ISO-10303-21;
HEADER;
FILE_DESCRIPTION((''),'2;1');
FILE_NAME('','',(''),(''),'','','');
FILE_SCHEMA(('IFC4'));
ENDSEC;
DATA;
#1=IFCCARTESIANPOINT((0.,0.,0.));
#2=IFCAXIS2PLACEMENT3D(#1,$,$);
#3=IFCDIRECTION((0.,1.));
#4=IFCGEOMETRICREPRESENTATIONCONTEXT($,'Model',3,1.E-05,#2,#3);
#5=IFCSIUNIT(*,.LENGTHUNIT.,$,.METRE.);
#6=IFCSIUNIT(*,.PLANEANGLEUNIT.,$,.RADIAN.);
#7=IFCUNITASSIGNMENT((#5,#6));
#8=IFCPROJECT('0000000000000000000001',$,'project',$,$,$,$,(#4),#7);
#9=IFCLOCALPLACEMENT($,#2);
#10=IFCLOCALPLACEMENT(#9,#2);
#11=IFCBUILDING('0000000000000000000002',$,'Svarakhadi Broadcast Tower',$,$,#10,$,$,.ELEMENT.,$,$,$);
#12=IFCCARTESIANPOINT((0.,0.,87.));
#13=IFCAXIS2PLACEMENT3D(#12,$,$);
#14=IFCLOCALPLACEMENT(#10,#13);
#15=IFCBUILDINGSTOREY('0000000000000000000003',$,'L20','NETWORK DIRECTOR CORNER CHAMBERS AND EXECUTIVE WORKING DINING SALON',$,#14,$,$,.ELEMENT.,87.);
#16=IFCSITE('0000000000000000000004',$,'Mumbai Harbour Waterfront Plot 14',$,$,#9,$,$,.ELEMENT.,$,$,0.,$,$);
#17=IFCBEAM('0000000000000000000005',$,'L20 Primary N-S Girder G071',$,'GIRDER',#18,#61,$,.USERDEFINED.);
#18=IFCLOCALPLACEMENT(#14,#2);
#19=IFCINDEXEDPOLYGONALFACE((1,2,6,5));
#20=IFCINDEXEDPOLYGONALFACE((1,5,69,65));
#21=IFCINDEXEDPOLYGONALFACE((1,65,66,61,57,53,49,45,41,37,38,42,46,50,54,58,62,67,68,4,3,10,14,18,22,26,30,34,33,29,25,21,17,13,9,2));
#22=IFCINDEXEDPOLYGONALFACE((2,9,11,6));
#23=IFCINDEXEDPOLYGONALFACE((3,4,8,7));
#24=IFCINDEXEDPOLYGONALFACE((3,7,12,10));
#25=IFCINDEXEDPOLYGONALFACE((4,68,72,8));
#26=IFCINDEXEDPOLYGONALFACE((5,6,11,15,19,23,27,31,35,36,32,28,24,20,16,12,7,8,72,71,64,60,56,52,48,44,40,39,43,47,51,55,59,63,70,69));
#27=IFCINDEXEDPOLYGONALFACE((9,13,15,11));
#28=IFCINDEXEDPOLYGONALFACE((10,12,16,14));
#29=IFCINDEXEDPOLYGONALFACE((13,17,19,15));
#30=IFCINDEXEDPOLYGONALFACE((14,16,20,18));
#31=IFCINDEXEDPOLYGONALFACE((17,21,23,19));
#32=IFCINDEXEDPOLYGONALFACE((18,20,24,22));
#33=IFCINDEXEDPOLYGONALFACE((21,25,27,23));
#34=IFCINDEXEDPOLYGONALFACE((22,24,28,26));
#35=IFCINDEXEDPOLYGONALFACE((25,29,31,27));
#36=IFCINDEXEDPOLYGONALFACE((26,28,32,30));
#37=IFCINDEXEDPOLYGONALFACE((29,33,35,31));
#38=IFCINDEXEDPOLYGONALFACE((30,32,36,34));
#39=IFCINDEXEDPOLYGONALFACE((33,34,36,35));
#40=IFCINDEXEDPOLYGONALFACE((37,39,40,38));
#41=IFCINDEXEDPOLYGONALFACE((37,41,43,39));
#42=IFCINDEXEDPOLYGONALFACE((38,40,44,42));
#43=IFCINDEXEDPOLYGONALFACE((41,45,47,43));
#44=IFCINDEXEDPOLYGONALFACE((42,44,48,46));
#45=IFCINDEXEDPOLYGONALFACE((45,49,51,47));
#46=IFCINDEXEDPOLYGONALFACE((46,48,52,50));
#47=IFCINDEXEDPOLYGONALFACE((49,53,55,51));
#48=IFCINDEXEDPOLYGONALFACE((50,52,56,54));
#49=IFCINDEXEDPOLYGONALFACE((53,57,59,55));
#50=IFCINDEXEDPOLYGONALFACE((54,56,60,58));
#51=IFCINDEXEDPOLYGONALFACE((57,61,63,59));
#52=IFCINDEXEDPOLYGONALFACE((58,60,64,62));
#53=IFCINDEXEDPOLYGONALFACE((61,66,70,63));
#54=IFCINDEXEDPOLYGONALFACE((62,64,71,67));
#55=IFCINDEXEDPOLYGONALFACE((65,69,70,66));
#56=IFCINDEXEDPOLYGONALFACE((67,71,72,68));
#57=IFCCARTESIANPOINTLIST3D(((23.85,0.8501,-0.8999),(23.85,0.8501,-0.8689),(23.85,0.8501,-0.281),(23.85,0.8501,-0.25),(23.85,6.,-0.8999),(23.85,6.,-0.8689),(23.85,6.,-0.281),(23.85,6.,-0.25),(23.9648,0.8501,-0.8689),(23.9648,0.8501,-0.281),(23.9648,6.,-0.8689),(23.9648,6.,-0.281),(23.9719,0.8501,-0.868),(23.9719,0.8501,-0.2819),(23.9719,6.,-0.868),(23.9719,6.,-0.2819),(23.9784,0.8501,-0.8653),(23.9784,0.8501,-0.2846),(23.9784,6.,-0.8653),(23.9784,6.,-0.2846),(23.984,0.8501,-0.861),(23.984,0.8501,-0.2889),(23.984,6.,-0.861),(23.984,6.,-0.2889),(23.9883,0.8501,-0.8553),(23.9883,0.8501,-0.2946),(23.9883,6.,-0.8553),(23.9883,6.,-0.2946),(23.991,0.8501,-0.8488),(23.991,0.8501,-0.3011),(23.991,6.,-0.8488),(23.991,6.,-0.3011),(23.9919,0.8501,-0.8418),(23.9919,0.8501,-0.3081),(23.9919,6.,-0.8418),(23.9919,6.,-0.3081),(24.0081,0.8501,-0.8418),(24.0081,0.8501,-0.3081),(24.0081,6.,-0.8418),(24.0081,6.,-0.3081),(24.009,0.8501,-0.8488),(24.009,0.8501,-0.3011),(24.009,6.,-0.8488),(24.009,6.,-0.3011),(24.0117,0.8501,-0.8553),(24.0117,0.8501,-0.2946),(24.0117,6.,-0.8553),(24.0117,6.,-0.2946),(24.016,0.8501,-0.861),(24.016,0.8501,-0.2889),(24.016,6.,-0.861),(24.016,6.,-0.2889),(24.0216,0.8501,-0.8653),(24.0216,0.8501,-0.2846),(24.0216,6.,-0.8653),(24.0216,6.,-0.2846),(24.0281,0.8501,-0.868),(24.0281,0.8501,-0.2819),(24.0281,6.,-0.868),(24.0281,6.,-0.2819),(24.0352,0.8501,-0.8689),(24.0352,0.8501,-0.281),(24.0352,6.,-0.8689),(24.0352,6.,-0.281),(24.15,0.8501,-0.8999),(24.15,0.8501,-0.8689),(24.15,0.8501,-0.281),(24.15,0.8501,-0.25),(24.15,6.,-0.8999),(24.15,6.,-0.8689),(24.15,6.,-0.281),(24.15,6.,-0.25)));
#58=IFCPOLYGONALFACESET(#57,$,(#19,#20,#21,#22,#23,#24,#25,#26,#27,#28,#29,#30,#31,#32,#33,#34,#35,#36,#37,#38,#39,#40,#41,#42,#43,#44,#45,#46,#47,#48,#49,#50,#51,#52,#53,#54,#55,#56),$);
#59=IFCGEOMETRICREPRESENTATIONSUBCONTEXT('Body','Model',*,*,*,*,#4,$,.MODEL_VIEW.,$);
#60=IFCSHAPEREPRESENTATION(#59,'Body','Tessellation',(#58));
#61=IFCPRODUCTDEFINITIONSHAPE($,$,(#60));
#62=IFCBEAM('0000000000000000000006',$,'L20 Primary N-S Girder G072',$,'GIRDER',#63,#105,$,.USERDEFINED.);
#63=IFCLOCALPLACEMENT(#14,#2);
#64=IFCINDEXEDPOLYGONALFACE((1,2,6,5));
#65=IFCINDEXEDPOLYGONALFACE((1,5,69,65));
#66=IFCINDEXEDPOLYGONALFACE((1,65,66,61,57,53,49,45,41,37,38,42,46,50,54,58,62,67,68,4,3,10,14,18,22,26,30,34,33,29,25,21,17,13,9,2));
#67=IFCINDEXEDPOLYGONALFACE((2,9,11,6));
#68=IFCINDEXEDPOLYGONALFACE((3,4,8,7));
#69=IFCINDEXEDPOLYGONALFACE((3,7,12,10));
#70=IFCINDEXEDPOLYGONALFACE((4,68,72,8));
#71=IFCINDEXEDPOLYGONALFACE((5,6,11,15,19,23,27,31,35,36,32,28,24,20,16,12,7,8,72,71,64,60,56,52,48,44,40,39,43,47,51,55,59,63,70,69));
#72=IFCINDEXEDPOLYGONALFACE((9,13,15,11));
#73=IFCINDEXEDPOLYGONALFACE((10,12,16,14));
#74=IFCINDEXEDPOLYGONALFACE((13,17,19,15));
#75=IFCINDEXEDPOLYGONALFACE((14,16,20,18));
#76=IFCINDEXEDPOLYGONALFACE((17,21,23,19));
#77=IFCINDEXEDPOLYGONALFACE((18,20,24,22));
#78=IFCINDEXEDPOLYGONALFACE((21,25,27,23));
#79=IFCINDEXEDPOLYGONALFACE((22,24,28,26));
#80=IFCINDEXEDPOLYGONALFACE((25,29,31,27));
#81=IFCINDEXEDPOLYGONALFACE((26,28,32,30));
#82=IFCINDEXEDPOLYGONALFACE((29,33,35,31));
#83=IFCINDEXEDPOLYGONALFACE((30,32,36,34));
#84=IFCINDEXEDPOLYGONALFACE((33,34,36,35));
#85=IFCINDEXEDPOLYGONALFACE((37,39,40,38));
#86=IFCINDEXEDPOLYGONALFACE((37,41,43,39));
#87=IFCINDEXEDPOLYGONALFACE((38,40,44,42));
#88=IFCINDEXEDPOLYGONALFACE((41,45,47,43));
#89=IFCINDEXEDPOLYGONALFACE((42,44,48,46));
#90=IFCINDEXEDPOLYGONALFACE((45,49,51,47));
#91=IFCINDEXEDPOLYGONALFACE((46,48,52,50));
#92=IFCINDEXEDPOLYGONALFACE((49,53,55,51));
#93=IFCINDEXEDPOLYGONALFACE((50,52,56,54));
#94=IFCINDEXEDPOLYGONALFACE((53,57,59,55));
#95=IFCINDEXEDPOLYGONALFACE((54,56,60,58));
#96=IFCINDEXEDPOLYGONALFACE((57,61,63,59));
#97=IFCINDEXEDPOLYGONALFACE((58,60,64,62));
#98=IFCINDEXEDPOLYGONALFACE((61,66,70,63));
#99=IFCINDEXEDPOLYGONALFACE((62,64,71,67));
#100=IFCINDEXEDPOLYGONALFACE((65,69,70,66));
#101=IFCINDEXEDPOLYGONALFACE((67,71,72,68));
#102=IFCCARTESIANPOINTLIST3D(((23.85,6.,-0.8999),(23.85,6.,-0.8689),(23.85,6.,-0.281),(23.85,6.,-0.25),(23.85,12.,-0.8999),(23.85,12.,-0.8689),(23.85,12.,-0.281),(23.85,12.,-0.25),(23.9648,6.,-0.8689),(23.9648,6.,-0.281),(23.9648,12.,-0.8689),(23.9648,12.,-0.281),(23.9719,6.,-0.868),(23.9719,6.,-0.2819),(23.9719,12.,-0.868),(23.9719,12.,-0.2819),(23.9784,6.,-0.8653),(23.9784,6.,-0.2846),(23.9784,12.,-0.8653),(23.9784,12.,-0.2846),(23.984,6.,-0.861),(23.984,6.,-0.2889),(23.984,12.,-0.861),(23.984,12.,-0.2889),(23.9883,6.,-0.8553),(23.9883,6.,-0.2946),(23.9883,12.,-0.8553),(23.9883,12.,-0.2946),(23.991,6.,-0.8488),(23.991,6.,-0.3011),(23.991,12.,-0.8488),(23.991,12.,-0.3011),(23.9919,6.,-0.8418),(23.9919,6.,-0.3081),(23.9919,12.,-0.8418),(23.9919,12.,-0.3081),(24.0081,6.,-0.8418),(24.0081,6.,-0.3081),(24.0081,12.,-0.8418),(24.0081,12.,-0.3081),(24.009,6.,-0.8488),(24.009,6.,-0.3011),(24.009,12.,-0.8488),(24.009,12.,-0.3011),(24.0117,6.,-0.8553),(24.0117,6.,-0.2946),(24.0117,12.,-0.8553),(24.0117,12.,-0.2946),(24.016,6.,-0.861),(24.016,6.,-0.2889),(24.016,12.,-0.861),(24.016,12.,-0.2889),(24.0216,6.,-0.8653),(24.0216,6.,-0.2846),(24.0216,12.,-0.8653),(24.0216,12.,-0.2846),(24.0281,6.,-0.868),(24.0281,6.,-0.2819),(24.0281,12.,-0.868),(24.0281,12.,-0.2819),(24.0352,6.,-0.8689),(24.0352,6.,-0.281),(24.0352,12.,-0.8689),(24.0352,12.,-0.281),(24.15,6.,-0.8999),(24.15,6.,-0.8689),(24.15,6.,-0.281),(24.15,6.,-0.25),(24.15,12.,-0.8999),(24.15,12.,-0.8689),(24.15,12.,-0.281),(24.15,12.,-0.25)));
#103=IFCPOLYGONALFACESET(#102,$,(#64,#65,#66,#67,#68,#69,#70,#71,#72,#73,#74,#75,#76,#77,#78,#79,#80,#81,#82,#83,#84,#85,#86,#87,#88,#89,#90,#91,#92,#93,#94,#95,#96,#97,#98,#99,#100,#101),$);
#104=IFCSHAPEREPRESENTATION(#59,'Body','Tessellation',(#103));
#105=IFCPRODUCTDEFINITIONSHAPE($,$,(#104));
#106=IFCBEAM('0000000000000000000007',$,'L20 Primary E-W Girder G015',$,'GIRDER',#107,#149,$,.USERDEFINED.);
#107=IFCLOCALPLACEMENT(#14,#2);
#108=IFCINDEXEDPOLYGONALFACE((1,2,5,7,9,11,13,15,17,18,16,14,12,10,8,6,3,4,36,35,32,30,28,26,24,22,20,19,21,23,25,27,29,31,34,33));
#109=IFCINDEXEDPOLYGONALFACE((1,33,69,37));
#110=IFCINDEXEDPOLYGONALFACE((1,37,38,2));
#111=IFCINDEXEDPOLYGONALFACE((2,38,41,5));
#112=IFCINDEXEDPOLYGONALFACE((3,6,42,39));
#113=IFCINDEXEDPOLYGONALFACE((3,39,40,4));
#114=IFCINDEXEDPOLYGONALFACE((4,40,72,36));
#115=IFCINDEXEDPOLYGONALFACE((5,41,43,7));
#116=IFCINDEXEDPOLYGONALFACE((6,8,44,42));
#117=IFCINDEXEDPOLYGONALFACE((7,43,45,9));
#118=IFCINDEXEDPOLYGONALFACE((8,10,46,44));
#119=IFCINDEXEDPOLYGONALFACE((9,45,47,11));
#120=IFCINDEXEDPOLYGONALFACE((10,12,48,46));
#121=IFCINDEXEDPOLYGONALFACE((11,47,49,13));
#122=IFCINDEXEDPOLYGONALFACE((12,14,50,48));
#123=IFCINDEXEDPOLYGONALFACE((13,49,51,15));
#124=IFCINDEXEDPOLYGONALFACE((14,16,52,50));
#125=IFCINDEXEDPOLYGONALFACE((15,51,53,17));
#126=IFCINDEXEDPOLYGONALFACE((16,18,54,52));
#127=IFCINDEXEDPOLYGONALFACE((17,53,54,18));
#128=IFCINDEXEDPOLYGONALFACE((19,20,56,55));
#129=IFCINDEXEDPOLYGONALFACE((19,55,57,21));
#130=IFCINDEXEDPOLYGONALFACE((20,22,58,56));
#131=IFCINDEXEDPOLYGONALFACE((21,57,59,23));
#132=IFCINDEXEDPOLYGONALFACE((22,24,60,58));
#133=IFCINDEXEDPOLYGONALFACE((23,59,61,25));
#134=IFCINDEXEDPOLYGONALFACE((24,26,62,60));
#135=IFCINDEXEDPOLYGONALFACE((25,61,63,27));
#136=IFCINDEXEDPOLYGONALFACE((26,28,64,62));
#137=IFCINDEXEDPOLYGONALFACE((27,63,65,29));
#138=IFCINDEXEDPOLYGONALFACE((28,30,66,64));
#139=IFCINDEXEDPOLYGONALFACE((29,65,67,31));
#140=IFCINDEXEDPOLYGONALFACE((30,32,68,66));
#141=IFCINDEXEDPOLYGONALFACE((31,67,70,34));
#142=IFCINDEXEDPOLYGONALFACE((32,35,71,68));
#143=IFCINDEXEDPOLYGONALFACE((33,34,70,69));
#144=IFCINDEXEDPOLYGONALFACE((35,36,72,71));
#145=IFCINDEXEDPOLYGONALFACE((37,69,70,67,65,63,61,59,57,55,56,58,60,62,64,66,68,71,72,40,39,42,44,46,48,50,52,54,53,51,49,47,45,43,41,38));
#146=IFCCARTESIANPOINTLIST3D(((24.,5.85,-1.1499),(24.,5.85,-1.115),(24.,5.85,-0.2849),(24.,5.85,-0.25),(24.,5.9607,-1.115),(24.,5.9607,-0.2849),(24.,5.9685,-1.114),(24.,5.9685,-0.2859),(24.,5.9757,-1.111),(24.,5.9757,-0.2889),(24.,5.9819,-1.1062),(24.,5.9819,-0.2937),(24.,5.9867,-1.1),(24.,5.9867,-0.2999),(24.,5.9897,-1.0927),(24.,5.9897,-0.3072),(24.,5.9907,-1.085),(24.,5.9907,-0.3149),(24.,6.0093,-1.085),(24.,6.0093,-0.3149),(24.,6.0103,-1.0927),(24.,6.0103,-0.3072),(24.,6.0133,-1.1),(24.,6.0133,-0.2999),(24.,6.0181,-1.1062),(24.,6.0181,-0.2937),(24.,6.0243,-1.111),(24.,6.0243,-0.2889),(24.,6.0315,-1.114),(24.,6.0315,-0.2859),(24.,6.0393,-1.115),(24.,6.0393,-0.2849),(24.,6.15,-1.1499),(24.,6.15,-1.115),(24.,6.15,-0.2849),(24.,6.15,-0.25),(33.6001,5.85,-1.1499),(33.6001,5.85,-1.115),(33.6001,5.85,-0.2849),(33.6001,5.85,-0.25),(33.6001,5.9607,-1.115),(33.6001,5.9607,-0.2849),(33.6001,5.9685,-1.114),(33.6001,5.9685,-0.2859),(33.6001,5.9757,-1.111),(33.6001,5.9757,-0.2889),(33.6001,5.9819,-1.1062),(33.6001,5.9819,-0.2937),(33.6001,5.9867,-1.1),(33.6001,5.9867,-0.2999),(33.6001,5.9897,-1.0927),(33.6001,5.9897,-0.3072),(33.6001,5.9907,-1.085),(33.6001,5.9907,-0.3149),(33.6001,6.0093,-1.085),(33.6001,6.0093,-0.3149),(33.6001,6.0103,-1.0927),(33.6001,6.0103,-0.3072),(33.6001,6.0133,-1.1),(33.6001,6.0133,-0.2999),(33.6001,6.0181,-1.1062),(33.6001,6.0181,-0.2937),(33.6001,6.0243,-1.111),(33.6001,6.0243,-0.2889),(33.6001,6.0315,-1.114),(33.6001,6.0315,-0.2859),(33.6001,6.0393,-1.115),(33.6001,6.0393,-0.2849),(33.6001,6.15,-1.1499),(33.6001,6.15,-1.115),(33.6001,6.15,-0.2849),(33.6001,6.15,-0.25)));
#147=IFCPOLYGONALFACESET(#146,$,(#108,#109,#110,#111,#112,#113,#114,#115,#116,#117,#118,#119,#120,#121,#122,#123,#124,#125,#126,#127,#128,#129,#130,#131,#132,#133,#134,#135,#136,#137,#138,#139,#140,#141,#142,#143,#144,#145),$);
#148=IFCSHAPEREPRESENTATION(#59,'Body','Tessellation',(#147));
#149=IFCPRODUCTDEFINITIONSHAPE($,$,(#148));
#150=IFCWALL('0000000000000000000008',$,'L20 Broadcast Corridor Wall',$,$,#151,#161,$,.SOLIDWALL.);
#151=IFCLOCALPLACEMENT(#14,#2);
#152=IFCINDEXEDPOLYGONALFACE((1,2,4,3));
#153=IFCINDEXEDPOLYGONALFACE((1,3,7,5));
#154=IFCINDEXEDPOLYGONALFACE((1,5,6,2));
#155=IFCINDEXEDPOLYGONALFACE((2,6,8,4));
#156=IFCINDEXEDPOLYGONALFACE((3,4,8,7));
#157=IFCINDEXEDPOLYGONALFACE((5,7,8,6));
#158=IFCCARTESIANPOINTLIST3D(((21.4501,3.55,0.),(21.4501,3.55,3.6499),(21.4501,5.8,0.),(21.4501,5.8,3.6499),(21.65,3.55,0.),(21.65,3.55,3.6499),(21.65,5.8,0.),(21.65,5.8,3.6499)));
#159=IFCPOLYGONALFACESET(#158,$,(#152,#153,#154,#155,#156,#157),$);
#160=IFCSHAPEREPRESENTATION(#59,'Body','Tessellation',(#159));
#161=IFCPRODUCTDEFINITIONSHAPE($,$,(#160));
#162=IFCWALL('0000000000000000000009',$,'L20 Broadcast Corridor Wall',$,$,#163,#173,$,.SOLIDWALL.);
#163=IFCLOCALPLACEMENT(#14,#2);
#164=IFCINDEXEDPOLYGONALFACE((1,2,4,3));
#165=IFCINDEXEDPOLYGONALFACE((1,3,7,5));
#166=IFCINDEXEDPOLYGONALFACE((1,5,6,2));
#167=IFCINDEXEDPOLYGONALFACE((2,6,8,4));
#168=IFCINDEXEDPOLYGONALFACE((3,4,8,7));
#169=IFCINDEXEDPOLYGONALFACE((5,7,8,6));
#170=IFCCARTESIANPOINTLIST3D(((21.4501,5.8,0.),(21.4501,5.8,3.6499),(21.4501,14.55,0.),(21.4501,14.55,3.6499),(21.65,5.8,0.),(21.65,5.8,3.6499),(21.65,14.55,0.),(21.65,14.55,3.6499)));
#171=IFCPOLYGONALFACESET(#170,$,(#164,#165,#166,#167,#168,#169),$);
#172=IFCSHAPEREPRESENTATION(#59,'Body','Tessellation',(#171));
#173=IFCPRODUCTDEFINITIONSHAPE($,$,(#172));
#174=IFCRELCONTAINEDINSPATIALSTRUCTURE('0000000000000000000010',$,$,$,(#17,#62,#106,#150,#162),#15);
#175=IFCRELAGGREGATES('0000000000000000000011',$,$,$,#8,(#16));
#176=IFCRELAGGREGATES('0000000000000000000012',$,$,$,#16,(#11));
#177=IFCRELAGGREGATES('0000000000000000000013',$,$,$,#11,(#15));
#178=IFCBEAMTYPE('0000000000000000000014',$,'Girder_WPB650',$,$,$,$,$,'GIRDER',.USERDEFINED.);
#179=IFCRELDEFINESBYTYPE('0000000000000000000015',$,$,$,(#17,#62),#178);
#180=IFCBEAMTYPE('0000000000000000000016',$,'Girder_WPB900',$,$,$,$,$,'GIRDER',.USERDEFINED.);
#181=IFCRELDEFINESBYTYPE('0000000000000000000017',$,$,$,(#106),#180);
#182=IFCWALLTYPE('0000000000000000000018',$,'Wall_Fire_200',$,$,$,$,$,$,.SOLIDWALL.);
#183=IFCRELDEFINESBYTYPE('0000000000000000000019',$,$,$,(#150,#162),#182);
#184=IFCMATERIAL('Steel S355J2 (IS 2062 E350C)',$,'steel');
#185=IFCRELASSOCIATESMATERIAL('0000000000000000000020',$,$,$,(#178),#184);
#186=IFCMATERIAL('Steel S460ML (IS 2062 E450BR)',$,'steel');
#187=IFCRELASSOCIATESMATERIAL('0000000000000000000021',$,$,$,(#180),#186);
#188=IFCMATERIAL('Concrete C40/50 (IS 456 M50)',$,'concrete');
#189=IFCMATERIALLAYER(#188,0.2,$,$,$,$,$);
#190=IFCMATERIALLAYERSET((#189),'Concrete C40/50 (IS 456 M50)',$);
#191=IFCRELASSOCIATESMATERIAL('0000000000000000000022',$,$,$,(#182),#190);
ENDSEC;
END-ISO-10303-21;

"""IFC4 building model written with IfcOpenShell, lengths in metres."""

from ifc_helpers import new_model, si_unit, direction, frame, frame_2d, origin, origin_2d, place, context, subcontext, project, spatial, rectangle, i_section, extrude, material, layer, layer_set, material_profile, profile_set, type_object, element, save


model = new_model("IFC4")

# Units and contexts
model_context = context("Model", 3, precision=1e-05, world=origin(), true_north=direction((0.0, 1.0)))
body_context = subcontext(model_context, "Body", "Model", "MODEL_VIEW")
ifc_project = project(units=[si_unit("LENGTHUNIT", "METRE"), si_unit("PLANEANGLEUNIT", "RADIAN")], contexts=[model_context])

# Site, building, storey
site_placement = place(None, origin())
site = spatial("IfcSite", under=ifc_project, at=site_placement, Name="Mumbai Harbour Waterfront Plot 14", CompositionType="ELEMENT", RefElevation=0.0)
building_placement = place(site_placement, origin())
building = spatial("IfcBuilding", under=site, at=building_placement, Name="Svarakhadi Broadcast Tower", CompositionType="ELEMENT")
storey_placement = place(building_placement, frame((0.0, 0.0, 87.0)))
storey = spatial("IfcBuildingStorey", under=building, at=storey_placement, Name="L20", Description="NETWORK DIRECTOR CORNER CHAMBERS AND EXECUTIVE WORKING DINING SALON", CompositionType="ELEMENT", Elevation=87.0)

# Beams
ifc_material_1 = material(Name="Steel S355J2 (IS 2062 E350C)", Category="steel")
ifc_material_profile_1 = material_profile(ifc_material_1, i_section(OverallWidth=0.3, OverallDepth=0.6499, WebThickness=0.0161, FlangeThickness=0.031, FilletRadius=0.0271, at=origin_2d()), Name="WPB 650x300x225")
ifc_profile_set_1 = profile_set([ifc_material_profile_1], Name="Steel S355J2 (IS 2062 E350C)")
beam_type_1 = type_object("IfcBeamType", Name="Girder_WPB650", ElementType="GIRDER", PredefinedType="USERDEFINED", material=ifc_profile_set_1)
beam_1_placement = place(storey_placement, frame((24.0, 0.8501, -0.575), z_axis=(0.0, 1.0, 0.0), x_axis=(-1.0, 0.0, 0.0)))
element("IfcBeam", 1, at=beam_1_placement, inside=storey, type_object=beam_type_1, Name="L20 Primary N-S Girder G071", ObjectType="GIRDER", PredefinedType="USERDEFINED", context=body_context, shape_type="SweptSolid", body=[
    extrude(i_section(OverallWidth=0.3, OverallDepth=0.6499, WebThickness=0.0161, FlangeThickness=0.031, FilletRadius=0.0271, at=origin_2d()), origin(), (0.0, 0.0, 1.0), 5.1499),
])
beam_2_placement = place(storey_placement, frame((24.0, 6.0, -0.575), z_axis=(0.0, 1.0, 0.0), x_axis=(-1.0, 0.0, 0.0)))
element("IfcBeam", 2, at=beam_2_placement, inside=storey, type_object=beam_type_1, Name="L20 Primary N-S Girder G072", ObjectType="GIRDER", PredefinedType="USERDEFINED", context=body_context, shape_type="SweptSolid", body=[
    extrude(i_section(OverallWidth=0.3, OverallDepth=0.6499, WebThickness=0.0161, FlangeThickness=0.031, FilletRadius=0.0271, at=origin_2d()), origin(), (0.0, 0.0, 1.0), 6.0),
])
ifc_material_2 = material(Name="Steel S460ML (IS 2062 E450BR)", Category="steel")
ifc_material_profile_2 = material_profile(ifc_material_2, i_section(OverallWidth=0.3, OverallDepth=0.8999, WebThickness=0.0186, FlangeThickness=0.0349, FilletRadius=0.03, at=origin_2d()), Name="WPB 900x300x291")
ifc_profile_set_2 = profile_set([ifc_material_profile_2], Name="Steel S460ML (IS 2062 E450BR)")
beam_type_2 = type_object("IfcBeamType", Name="Girder_WPB900", ElementType="GIRDER", PredefinedType="USERDEFINED", material=ifc_profile_set_2)
beam_3_placement = place(storey_placement, frame((24.0, 6.0, -0.7), z_axis=(1.0, 0.0, 0.0), x_axis=(0.0, 1.0, 0.0)))
element("IfcBeam", 3, at=beam_3_placement, inside=storey, type_object=beam_type_2, Name="L20 Primary E-W Girder G015", ObjectType="GIRDER", PredefinedType="USERDEFINED", context=body_context, shape_type="SweptSolid", body=[
    extrude(i_section(OverallWidth=0.3, OverallDepth=0.8999, WebThickness=0.0186, FlangeThickness=0.0349, FilletRadius=0.03, at=origin_2d()), origin(), (0.0, 0.0, 1.0), 9.6001),
])

# Walls
ifc_material_3 = material(Name="Concrete C40/50 (IS 456 M50)", Category="concrete")
ifc_layer_1 = layer(ifc_material_3, 0.2)
ifc_layer_set_1 = layer_set([ifc_layer_1], Name="Concrete C40/50 (IS 456 M50)")
wall_type_1 = type_object("IfcWallType", Name="Wall_Fire_200", PredefinedType="SOLIDWALL", material=ifc_layer_set_1)
wall_1_placement = place(storey_placement, frame((21.55, 3.55, 0.0), z_axis=(0.0, 0.0, 1.0), x_axis=(0.0, 1.0, 0.0)))
element("IfcWall", 4, at=wall_1_placement, inside=storey, type_object=wall_type_1, Name="L20 Broadcast Corridor Wall", PredefinedType="SOLIDWALL", context=body_context, shape_type="SweptSolid", body=[
    extrude(rectangle(XDim=2.25, YDim=0.2, at=frame_2d((1.125, 0.0))), origin(), (0.0, 0.0, 1.0), 3.6499),
])
wall_2_placement = place(storey_placement, frame((21.55, 5.8, 0.0), z_axis=(0.0, 0.0, 1.0), x_axis=(0.0, 1.0, 0.0)))
element("IfcWall", 5, at=wall_2_placement, inside=storey, type_object=wall_type_1, Name="L20 Broadcast Corridor Wall", PredefinedType="SOLIDWALL", context=body_context, shape_type="SweptSolid", body=[
    extrude(rectangle(XDim=8.75, YDim=0.2, at=frame_2d((4.375, 0.0))), origin(), (0.0, 0.0, 1.0), 3.6499),
])

save(model, "model.ifc")
